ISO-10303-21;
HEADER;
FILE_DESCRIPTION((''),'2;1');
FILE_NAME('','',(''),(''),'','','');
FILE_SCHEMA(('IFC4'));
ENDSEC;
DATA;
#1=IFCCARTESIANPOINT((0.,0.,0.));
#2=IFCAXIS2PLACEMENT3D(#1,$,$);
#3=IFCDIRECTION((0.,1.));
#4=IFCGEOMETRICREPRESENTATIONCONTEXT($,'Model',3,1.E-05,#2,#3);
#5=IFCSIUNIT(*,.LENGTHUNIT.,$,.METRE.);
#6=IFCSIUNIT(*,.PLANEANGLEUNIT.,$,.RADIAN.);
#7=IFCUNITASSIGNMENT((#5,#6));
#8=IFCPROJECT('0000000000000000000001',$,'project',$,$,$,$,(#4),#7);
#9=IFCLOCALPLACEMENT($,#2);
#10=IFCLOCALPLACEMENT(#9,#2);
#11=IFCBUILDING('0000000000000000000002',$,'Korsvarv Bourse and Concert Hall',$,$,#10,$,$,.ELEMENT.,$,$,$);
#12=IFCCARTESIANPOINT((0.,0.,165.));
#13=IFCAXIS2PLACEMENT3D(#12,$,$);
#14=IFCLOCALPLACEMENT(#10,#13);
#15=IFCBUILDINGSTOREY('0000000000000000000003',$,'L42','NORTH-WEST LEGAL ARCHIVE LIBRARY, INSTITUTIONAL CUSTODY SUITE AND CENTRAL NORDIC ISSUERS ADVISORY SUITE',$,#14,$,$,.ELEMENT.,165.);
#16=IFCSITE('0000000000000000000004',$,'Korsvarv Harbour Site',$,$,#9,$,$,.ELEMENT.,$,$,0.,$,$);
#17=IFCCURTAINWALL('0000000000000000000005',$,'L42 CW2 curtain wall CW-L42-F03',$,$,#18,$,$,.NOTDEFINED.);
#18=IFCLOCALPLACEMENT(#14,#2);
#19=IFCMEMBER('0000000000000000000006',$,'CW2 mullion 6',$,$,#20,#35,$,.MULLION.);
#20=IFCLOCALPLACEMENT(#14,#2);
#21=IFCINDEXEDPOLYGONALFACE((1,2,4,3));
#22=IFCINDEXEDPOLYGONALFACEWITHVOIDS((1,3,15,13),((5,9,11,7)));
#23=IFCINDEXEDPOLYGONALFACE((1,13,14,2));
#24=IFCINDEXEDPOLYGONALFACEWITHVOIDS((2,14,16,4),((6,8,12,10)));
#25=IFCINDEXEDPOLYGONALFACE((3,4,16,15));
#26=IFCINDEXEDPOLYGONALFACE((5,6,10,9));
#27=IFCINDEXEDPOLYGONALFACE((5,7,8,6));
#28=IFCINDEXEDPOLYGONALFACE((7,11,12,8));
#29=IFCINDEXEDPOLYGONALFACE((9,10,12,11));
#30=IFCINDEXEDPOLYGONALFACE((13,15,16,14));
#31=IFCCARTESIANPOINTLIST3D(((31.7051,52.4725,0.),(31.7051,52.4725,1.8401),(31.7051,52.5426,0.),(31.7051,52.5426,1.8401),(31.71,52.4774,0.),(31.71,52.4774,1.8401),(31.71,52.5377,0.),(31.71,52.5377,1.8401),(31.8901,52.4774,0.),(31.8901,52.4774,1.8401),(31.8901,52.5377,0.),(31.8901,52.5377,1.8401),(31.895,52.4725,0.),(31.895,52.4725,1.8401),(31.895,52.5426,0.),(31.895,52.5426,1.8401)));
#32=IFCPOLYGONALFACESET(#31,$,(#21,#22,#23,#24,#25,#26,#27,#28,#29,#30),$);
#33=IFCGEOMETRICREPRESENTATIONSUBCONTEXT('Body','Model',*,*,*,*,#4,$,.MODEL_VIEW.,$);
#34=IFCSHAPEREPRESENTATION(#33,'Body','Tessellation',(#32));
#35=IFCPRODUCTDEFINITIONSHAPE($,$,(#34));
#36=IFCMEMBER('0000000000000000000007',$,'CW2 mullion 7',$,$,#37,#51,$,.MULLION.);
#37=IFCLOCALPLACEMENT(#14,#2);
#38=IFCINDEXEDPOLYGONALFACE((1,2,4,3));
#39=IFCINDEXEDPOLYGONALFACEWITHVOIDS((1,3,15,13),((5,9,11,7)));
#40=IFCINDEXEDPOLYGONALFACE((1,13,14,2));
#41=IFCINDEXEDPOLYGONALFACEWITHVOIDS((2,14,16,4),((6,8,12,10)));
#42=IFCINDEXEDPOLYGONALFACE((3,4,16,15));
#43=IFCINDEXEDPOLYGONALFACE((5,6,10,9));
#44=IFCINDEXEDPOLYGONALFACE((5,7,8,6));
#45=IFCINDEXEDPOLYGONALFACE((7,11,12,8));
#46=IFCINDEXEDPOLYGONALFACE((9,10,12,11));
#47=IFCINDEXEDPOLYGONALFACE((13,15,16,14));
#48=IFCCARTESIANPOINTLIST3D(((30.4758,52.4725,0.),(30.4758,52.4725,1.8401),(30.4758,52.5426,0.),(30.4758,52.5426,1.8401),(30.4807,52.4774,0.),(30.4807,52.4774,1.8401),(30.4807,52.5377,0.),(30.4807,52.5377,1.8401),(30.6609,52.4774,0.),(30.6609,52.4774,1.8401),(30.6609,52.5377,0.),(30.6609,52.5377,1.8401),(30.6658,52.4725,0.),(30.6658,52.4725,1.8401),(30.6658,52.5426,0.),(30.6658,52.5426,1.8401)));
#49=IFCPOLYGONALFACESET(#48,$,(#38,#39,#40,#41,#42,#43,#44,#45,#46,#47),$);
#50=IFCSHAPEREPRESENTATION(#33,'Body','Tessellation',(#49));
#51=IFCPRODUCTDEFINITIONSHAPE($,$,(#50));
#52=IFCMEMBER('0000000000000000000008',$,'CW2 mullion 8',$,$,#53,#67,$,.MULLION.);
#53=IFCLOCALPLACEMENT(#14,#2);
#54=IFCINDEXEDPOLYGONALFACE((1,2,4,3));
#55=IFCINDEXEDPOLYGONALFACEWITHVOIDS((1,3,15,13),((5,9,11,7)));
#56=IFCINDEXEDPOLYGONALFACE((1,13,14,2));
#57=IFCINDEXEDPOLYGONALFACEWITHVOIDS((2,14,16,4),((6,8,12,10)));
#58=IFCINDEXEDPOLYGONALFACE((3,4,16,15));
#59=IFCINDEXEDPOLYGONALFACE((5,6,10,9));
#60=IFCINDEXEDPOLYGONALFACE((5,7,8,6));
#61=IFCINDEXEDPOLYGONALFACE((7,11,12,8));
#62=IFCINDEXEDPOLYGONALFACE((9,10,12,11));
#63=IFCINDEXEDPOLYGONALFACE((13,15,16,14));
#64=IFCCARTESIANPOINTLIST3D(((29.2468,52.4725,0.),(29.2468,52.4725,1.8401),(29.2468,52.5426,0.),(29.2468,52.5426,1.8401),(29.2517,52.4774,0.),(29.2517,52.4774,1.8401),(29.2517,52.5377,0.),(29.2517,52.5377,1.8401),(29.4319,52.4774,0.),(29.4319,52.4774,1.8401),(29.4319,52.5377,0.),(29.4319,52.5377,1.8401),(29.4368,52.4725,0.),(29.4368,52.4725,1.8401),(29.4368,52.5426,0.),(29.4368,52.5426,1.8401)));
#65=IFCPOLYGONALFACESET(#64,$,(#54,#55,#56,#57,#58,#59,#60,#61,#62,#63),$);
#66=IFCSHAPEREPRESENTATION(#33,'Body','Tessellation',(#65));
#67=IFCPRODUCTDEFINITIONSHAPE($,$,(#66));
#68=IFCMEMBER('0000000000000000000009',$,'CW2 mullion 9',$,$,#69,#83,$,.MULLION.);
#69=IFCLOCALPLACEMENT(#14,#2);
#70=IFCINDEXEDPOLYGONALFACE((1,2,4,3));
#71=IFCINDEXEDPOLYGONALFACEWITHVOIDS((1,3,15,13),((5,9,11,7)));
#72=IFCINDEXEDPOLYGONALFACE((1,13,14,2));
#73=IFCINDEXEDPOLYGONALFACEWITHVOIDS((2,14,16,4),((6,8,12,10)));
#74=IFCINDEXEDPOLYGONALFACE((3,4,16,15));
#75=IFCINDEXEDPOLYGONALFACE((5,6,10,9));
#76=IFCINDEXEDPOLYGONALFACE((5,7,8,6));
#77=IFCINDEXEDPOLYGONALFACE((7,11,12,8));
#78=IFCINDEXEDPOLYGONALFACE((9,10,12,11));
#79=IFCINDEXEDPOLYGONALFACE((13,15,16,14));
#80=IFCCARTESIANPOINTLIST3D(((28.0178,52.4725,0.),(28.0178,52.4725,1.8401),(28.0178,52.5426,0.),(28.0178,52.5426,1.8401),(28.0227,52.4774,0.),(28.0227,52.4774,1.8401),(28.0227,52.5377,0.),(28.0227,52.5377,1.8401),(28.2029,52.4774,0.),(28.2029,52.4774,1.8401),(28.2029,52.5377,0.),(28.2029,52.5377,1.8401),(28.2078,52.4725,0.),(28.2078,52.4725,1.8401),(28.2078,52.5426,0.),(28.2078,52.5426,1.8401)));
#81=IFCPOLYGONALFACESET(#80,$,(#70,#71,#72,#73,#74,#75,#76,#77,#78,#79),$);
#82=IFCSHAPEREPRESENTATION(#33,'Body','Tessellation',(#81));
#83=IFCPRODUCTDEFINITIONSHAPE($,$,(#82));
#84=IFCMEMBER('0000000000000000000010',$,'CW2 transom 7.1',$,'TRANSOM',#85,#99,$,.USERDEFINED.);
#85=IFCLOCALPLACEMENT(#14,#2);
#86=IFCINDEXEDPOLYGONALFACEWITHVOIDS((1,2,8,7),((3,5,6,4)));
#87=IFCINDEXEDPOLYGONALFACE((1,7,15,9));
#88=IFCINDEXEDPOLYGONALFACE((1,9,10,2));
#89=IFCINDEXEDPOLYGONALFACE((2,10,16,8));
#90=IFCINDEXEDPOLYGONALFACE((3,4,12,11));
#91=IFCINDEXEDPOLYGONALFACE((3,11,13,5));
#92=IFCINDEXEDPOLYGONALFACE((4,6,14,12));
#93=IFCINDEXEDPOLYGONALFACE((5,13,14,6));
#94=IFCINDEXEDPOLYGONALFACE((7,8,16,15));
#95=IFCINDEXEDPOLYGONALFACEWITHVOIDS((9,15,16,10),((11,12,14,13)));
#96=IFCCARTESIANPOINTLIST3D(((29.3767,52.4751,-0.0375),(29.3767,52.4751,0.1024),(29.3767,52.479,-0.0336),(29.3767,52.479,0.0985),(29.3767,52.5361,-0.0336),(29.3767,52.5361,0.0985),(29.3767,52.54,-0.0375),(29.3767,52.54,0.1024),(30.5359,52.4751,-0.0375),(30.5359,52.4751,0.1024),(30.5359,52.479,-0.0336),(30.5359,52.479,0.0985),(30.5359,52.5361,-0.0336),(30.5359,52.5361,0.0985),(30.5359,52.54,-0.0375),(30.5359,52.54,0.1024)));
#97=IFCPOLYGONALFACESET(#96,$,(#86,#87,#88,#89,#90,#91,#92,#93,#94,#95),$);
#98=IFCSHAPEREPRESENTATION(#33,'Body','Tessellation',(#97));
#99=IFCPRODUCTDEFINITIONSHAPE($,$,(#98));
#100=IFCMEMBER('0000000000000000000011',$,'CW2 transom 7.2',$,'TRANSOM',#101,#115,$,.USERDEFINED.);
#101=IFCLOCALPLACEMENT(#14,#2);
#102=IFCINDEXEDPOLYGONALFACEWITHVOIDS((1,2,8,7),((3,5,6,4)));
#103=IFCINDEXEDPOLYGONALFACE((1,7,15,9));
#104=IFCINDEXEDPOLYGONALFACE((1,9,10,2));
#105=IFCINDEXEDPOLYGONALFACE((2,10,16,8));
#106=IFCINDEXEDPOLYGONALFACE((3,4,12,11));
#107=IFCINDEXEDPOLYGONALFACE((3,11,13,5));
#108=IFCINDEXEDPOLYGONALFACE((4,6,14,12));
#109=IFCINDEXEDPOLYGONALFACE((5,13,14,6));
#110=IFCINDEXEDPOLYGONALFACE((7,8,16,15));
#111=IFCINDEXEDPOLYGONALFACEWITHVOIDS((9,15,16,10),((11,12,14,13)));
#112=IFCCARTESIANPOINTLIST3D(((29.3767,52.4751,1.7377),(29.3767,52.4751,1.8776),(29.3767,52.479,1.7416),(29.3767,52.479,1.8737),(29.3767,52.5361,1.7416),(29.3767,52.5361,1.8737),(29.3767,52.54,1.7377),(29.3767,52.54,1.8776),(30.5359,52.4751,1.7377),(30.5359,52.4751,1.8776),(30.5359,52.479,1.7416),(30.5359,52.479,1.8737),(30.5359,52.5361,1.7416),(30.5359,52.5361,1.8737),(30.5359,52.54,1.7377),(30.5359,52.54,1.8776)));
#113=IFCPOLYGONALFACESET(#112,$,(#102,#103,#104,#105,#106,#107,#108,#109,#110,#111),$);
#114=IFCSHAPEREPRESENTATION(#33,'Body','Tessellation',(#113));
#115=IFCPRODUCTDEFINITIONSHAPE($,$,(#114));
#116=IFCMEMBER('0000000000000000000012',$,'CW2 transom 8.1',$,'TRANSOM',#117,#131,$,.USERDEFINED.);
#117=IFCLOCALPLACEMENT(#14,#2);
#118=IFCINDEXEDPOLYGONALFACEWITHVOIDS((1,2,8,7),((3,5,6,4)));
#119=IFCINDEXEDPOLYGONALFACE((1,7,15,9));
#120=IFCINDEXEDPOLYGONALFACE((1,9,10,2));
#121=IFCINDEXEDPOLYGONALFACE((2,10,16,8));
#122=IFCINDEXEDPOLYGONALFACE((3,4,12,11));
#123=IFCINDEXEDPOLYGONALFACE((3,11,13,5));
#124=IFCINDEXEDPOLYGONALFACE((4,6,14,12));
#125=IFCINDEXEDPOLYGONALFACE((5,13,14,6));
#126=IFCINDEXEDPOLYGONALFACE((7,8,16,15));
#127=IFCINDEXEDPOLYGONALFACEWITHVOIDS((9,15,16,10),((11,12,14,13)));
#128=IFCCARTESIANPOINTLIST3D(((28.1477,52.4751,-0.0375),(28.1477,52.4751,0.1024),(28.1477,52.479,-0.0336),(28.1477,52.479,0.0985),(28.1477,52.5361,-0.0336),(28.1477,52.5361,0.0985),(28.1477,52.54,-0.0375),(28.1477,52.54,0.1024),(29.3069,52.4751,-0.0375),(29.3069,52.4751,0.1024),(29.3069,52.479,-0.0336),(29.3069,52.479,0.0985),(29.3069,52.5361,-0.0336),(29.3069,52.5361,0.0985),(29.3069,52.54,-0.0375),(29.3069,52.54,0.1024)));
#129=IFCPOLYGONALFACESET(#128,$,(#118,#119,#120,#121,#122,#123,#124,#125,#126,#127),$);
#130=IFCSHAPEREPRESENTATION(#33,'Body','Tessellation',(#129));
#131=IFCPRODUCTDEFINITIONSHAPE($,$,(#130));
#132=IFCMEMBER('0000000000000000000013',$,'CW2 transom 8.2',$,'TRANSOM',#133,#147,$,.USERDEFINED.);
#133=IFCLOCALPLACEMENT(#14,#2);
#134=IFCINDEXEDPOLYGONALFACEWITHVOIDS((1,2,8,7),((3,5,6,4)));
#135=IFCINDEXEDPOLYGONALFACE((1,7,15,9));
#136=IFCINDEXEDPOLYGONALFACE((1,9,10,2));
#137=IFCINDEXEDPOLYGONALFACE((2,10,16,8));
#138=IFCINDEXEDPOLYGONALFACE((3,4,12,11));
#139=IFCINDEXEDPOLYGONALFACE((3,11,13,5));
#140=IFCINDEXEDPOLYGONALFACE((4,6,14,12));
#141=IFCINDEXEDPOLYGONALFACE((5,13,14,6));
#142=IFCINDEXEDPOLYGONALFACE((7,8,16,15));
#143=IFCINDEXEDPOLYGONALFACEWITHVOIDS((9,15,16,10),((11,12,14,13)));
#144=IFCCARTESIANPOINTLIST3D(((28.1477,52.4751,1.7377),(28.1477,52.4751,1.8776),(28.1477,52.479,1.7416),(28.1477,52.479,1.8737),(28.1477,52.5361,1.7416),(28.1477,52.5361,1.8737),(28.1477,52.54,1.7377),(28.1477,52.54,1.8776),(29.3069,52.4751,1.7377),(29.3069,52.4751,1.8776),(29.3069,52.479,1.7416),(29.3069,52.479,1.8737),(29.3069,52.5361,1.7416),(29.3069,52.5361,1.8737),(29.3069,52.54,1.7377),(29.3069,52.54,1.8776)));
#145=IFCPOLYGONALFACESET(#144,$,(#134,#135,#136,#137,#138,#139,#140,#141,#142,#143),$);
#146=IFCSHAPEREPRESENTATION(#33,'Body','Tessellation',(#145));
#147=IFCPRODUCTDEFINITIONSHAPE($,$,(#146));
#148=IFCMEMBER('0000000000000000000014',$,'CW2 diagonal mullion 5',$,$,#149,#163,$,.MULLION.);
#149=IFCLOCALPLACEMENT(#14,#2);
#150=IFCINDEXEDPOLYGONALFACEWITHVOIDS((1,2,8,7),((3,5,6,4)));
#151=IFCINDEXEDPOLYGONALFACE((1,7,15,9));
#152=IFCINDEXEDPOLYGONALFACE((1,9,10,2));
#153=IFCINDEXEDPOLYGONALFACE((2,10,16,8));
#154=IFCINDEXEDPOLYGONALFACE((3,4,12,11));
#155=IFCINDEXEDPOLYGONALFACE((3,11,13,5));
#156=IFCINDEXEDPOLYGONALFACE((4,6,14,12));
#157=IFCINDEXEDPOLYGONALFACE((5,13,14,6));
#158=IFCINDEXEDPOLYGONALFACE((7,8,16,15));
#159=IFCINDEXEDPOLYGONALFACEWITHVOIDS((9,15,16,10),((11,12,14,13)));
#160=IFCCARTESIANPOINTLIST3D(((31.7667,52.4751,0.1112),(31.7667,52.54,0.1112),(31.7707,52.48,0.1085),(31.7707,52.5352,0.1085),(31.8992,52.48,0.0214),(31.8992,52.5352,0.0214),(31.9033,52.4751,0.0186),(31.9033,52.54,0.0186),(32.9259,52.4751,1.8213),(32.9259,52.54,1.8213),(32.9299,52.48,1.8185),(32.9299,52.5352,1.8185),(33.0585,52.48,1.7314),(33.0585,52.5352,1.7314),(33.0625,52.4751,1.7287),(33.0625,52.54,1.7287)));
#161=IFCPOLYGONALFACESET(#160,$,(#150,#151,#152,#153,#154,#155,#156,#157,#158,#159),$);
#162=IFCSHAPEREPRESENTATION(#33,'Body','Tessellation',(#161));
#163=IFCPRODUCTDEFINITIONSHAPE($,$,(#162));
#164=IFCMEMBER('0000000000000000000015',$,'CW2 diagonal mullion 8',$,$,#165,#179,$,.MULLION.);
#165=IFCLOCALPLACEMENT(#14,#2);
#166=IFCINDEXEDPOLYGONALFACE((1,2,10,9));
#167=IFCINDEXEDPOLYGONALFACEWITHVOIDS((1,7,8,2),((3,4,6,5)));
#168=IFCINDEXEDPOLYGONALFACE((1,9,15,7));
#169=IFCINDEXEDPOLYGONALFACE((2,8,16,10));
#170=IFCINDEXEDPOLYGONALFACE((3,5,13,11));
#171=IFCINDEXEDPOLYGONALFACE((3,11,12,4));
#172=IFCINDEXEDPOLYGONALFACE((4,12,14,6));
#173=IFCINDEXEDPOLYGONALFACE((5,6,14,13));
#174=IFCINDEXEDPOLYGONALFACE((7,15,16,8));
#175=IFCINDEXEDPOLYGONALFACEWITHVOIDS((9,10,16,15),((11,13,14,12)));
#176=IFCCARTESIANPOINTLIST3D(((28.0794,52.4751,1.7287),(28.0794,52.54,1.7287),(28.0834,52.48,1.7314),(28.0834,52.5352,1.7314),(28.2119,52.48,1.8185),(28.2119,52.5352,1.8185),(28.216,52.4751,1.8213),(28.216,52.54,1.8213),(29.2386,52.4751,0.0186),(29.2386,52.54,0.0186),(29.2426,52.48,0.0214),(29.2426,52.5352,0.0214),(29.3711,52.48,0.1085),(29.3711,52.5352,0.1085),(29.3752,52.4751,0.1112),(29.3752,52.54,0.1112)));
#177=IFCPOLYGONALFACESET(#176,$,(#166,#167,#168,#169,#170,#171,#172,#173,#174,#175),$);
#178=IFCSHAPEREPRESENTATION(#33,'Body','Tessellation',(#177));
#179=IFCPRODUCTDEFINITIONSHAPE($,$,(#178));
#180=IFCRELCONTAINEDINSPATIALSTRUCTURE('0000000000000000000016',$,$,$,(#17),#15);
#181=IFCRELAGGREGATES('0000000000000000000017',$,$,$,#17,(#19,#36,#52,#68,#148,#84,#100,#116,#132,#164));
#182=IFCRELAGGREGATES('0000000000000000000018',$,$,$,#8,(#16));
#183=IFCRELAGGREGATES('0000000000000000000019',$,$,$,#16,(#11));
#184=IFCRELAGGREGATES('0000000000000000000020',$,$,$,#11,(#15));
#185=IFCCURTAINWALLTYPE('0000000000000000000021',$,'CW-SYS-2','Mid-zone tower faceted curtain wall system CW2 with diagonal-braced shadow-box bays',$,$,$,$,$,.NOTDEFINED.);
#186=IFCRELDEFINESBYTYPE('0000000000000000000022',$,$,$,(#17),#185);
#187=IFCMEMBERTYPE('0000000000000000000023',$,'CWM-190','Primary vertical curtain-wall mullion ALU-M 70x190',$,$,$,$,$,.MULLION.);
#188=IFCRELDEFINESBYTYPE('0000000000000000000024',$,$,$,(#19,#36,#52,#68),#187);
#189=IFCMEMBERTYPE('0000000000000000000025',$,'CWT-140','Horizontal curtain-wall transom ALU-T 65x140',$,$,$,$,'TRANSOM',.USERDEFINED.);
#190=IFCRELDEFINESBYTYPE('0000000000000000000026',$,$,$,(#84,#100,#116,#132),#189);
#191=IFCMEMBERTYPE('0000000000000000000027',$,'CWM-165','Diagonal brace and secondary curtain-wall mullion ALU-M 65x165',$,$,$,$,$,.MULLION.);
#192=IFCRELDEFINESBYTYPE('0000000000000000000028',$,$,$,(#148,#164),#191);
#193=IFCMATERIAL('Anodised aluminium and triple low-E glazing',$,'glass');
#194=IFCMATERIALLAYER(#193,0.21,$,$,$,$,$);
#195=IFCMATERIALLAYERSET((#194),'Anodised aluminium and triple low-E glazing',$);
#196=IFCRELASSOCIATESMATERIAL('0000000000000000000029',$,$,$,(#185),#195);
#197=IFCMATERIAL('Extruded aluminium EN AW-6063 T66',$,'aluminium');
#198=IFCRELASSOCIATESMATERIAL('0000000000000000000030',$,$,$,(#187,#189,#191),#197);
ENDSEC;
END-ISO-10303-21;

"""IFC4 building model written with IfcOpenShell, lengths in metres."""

from ifc_helpers import new_model, si_unit, direction, frame, origin, origin_2d, place, context, subcontext, project, spatial, hollow_rectangle, extrude, source, transform, mapped, material, layer, layer_set, material_profile, profile_set, type_object, element, aggregate, save


model = new_model("IFC4")

# Units and contexts
model_context = context("Model", 3, precision=1e-05, world=origin(), true_north=direction((0.0, 1.0)))
body_context = subcontext(model_context, "Body", "Model", "MODEL_VIEW")
ifc_project = project(units=[si_unit("LENGTHUNIT", "METRE"), si_unit("PLANEANGLEUNIT", "RADIAN")], contexts=[model_context])

# Site, building, storey
site_placement = place(None, origin())
site = spatial("IfcSite", under=ifc_project, at=site_placement, Name="Korsvarv Harbour Site", CompositionType="ELEMENT", RefElevation=0.0)
building_placement = place(site_placement, origin())
building = spatial("IfcBuilding", under=site, at=building_placement, Name="Korsvarv Bourse and Concert Hall", CompositionType="ELEMENT")
storey_placement = place(building_placement, frame((0.0, 0.0, 165.0)))
storey = spatial("IfcBuildingStorey", under=building, at=storey_placement, Name="L42", Description="NORTH-WEST LEGAL ARCHIVE LIBRARY, INSTITUTIONAL CUSTODY SUITE AND CENTRAL NORDIC ISSUERS ADVISORY SUITE", CompositionType="ELEMENT", Elevation=165.0)

# Curtain wall, members
ifc_material_1 = material(Name="Anodised aluminium and triple low-E glazing", Category="glass")
ifc_layer_1 = layer(ifc_material_1, 0.21)
ifc_layer_set_1 = layer_set([ifc_layer_1], Name="Anodised aluminium and triple low-E glazing")
curtain_wall_type = type_object("IfcCurtainWallType", Name="CW-SYS-2", Description="Mid-zone tower faceted curtain wall system CW2 with diagonal-braced shadow-box bays", PredefinedType="NOTDEFINED", material=ifc_layer_set_1)
curtain_wall_placement = place(storey_placement, origin())
curtain_wall = element("IfcCurtainWall", 1, at=curtain_wall_placement, inside=storey, type_object=curtain_wall_type, Name="L42 CW2 curtain wall CW-L42-F03", PredefinedType="NOTDEFINED")
ifc_material_2 = material(Name="Extruded aluminium EN AW-6063 T66", Category="aluminium")
ifc_material_profile_1 = material_profile(ifc_material_2, hollow_rectangle(XDim=0.0701, YDim=0.1899, WallThickness=0.0049, at=origin_2d()), Name="ALU-M 70x190")
ifc_profile_set_1 = profile_set([ifc_material_profile_1], Name="Extruded aluminium EN AW-6063 T66")
member_type_1 = type_object("IfcMemberType", Name="CWM-190", Description="Primary vertical curtain-wall mullion ALU-M 70x190", PredefinedType="MULLION", material=ifc_profile_set_1)
shared_shape_1 = source(origin(), body_context, "Body", "SweptSolid", [
    extrude(hollow_rectangle(XDim=0.0701, YDim=0.1899, WallThickness=0.0049, at=origin_2d()), origin(), (0.0, 0.0, 1.0), 1.8401),
])
member_1_placement = place(storey_placement, frame((31.8, 52.5076, 0.0), z_axis=(0.0, 0.0, 1.0), x_axis=(0.0, -1.0, 0.0)))
member_1 = element("IfcMember", 2, at=member_1_placement, type_object=member_type_1, Name="CW2 mullion 6", PredefinedType="MULLION", context=body_context, shape_type="MappedRepresentation", body=[
    mapped(shared_shape_1, transform((0.0, 0.0, 0.0), scale=1.0)),
])
member_2_placement = place(storey_placement, frame((30.5708, 52.5076, 0.0), z_axis=(0.0, 0.0, 1.0), x_axis=(0.0, -1.0, 0.0)))
member_2 = element("IfcMember", 3, at=member_2_placement, type_object=member_type_1, Name="CW2 mullion 7", PredefinedType="MULLION", context=body_context, shape_type="MappedRepresentation", body=[
    mapped(shared_shape_1, transform((0.0, 0.0, 0.0), scale=1.0)),
])
member_3_placement = place(storey_placement, frame((29.3418, 52.5076, 0.0), z_axis=(0.0, 0.0, 1.0), x_axis=(0.0, -1.0, 0.0)))
member_3 = element("IfcMember", 4, at=member_3_placement, type_object=member_type_1, Name="CW2 mullion 8", PredefinedType="MULLION", context=body_context, shape_type="MappedRepresentation", body=[
    mapped(shared_shape_1, transform((0.0, 0.0, 0.0), scale=1.0)),
])
member_4_placement = place(storey_placement, frame((28.1128, 52.5076, 0.0), z_axis=(0.0, 0.0, 1.0), x_axis=(0.0, -1.0, 0.0)))
member_4 = element("IfcMember", 5, at=member_4_placement, type_object=member_type_1, Name="CW2 mullion 9", PredefinedType="MULLION", context=body_context, shape_type="MappedRepresentation", body=[
    mapped(shared_shape_1, transform((0.0, 0.0, 0.0), scale=1.0)),
])
ifc_material_profile_2 = material_profile(ifc_material_2, hollow_rectangle(XDim=0.0649, YDim=0.1399, WallThickness=0.0039, at=origin_2d()), Name="ALU-T 65x140")
ifc_profile_set_2 = profile_set([ifc_material_profile_2], Name="Extruded aluminium EN AW-6063 T66")
member_type_2 = type_object("IfcMemberType", Name="CWT-140", Description="Horizontal curtain-wall transom ALU-T 65x140", ElementType="TRANSOM", PredefinedType="USERDEFINED", material=ifc_profile_set_2)
shared_shape_2 = source(origin(), body_context, "Body", "SweptSolid", [
    extrude(hollow_rectangle(XDim=0.0649, YDim=0.1399, WallThickness=0.0039, at=origin_2d()), origin(), (0.0, 0.0, 1.0), 1.1592),
])
member_5_placement = place(storey_placement, frame((30.5359, 52.5076, 0.0325), z_axis=(-1.0, 0.0, 0.0), x_axis=(0.0, -1.0, 0.0)))
member_5 = element("IfcMember", 6, at=member_5_placement, type_object=member_type_2, Name="CW2 transom 7.1", ObjectType="TRANSOM", PredefinedType="USERDEFINED", context=body_context, shape_type="MappedRepresentation", body=[
    mapped(shared_shape_2, transform((0.0, 0.0, 0.0), scale=1.0)),
])
member_6_placement = place(storey_placement, frame((30.5359, 52.5076, 1.8076), z_axis=(-1.0, 0.0, 0.0), x_axis=(0.0, -1.0, 0.0)))
member_6 = element("IfcMember", 7, at=member_6_placement, type_object=member_type_2, Name="CW2 transom 7.2", ObjectType="TRANSOM", PredefinedType="USERDEFINED", context=body_context, shape_type="MappedRepresentation", body=[
    mapped(shared_shape_2, transform((0.0, 0.0, 0.0), scale=1.0)),
])
member_7_placement = place(storey_placement, frame((29.3069, 52.5076, 0.0325), z_axis=(-1.0, 0.0, 0.0), x_axis=(0.0, -1.0, 0.0)))
member_7 = element("IfcMember", 8, at=member_7_placement, type_object=member_type_2, Name="CW2 transom 8.1", ObjectType="TRANSOM", PredefinedType="USERDEFINED", context=body_context, shape_type="MappedRepresentation", body=[
    mapped(shared_shape_2, transform((0.0, 0.0, 0.0), scale=1.0)),
])
member_8_placement = place(storey_placement, frame((29.3069, 52.5076, 1.8076), z_axis=(-1.0, 0.0, 0.0), x_axis=(0.0, -1.0, 0.0)))
member_8 = element("IfcMember", 9, at=member_8_placement, type_object=member_type_2, Name="CW2 transom 8.2", ObjectType="TRANSOM", PredefinedType="USERDEFINED", context=body_context, shape_type="MappedRepresentation", body=[
    mapped(shared_shape_2, transform((0.0, 0.0, 0.0), scale=1.0)),
])
ifc_material_profile_3 = material_profile(ifc_material_2, hollow_rectangle(XDim=0.0649, YDim=0.165, WallThickness=0.0049, at=origin_2d()), Name="ALU-M 65x165")
ifc_profile_set_3 = profile_set([ifc_material_profile_3], Name="Extruded aluminium EN AW-6063 T66")
member_type_3 = type_object("IfcMemberType", Name="CWM-165", Description="Diagonal brace and secondary curtain-wall mullion ALU-M 65x165", PredefinedType="MULLION", material=ifc_profile_set_3)
shared_shape_3 = source(origin(), body_context, "Body", "SweptSolid", [
    extrude(hollow_rectangle(XDim=0.0649, YDim=0.165, WallThickness=0.0049, at=origin_2d()), origin(), (0.0, 0.0, 1.0), 2.0659),
])
member_9_placement = place(storey_placement, frame((31.835, 52.5076, 0.0649), z_axis=(0.56112, 0.0, 0.827735), x_axis=(0.0, 1.0, 0.0)))
member_9 = element("IfcMember", 10, at=member_9_placement, type_object=member_type_3, Name="CW2 diagonal mullion 5", PredefinedType="MULLION", context=body_context, shape_type="MappedRepresentation", body=[
    mapped(shared_shape_3, transform((0.0, 0.0, 0.0), scale=1.0)),
])
member_10_placement = place(storey_placement, frame((29.3069, 52.5076, 0.0649), z_axis=(-0.56112, 0.0, 0.827735), x_axis=(0.0, -1.0, 0.0)))
member_10 = element("IfcMember", 11, at=member_10_placement, type_object=member_type_3, Name="CW2 diagonal mullion 8", PredefinedType="MULLION", context=body_context, shape_type="MappedRepresentation", body=[
    mapped(shared_shape_3, transform((0.0, 0.0, 0.0), scale=1.0)),
])
aggregate(curtain_wall, [member_1, member_2, member_3, member_4, member_9, member_5, member_6, member_7, member_8, member_10])

save(model, "model.ifc")
